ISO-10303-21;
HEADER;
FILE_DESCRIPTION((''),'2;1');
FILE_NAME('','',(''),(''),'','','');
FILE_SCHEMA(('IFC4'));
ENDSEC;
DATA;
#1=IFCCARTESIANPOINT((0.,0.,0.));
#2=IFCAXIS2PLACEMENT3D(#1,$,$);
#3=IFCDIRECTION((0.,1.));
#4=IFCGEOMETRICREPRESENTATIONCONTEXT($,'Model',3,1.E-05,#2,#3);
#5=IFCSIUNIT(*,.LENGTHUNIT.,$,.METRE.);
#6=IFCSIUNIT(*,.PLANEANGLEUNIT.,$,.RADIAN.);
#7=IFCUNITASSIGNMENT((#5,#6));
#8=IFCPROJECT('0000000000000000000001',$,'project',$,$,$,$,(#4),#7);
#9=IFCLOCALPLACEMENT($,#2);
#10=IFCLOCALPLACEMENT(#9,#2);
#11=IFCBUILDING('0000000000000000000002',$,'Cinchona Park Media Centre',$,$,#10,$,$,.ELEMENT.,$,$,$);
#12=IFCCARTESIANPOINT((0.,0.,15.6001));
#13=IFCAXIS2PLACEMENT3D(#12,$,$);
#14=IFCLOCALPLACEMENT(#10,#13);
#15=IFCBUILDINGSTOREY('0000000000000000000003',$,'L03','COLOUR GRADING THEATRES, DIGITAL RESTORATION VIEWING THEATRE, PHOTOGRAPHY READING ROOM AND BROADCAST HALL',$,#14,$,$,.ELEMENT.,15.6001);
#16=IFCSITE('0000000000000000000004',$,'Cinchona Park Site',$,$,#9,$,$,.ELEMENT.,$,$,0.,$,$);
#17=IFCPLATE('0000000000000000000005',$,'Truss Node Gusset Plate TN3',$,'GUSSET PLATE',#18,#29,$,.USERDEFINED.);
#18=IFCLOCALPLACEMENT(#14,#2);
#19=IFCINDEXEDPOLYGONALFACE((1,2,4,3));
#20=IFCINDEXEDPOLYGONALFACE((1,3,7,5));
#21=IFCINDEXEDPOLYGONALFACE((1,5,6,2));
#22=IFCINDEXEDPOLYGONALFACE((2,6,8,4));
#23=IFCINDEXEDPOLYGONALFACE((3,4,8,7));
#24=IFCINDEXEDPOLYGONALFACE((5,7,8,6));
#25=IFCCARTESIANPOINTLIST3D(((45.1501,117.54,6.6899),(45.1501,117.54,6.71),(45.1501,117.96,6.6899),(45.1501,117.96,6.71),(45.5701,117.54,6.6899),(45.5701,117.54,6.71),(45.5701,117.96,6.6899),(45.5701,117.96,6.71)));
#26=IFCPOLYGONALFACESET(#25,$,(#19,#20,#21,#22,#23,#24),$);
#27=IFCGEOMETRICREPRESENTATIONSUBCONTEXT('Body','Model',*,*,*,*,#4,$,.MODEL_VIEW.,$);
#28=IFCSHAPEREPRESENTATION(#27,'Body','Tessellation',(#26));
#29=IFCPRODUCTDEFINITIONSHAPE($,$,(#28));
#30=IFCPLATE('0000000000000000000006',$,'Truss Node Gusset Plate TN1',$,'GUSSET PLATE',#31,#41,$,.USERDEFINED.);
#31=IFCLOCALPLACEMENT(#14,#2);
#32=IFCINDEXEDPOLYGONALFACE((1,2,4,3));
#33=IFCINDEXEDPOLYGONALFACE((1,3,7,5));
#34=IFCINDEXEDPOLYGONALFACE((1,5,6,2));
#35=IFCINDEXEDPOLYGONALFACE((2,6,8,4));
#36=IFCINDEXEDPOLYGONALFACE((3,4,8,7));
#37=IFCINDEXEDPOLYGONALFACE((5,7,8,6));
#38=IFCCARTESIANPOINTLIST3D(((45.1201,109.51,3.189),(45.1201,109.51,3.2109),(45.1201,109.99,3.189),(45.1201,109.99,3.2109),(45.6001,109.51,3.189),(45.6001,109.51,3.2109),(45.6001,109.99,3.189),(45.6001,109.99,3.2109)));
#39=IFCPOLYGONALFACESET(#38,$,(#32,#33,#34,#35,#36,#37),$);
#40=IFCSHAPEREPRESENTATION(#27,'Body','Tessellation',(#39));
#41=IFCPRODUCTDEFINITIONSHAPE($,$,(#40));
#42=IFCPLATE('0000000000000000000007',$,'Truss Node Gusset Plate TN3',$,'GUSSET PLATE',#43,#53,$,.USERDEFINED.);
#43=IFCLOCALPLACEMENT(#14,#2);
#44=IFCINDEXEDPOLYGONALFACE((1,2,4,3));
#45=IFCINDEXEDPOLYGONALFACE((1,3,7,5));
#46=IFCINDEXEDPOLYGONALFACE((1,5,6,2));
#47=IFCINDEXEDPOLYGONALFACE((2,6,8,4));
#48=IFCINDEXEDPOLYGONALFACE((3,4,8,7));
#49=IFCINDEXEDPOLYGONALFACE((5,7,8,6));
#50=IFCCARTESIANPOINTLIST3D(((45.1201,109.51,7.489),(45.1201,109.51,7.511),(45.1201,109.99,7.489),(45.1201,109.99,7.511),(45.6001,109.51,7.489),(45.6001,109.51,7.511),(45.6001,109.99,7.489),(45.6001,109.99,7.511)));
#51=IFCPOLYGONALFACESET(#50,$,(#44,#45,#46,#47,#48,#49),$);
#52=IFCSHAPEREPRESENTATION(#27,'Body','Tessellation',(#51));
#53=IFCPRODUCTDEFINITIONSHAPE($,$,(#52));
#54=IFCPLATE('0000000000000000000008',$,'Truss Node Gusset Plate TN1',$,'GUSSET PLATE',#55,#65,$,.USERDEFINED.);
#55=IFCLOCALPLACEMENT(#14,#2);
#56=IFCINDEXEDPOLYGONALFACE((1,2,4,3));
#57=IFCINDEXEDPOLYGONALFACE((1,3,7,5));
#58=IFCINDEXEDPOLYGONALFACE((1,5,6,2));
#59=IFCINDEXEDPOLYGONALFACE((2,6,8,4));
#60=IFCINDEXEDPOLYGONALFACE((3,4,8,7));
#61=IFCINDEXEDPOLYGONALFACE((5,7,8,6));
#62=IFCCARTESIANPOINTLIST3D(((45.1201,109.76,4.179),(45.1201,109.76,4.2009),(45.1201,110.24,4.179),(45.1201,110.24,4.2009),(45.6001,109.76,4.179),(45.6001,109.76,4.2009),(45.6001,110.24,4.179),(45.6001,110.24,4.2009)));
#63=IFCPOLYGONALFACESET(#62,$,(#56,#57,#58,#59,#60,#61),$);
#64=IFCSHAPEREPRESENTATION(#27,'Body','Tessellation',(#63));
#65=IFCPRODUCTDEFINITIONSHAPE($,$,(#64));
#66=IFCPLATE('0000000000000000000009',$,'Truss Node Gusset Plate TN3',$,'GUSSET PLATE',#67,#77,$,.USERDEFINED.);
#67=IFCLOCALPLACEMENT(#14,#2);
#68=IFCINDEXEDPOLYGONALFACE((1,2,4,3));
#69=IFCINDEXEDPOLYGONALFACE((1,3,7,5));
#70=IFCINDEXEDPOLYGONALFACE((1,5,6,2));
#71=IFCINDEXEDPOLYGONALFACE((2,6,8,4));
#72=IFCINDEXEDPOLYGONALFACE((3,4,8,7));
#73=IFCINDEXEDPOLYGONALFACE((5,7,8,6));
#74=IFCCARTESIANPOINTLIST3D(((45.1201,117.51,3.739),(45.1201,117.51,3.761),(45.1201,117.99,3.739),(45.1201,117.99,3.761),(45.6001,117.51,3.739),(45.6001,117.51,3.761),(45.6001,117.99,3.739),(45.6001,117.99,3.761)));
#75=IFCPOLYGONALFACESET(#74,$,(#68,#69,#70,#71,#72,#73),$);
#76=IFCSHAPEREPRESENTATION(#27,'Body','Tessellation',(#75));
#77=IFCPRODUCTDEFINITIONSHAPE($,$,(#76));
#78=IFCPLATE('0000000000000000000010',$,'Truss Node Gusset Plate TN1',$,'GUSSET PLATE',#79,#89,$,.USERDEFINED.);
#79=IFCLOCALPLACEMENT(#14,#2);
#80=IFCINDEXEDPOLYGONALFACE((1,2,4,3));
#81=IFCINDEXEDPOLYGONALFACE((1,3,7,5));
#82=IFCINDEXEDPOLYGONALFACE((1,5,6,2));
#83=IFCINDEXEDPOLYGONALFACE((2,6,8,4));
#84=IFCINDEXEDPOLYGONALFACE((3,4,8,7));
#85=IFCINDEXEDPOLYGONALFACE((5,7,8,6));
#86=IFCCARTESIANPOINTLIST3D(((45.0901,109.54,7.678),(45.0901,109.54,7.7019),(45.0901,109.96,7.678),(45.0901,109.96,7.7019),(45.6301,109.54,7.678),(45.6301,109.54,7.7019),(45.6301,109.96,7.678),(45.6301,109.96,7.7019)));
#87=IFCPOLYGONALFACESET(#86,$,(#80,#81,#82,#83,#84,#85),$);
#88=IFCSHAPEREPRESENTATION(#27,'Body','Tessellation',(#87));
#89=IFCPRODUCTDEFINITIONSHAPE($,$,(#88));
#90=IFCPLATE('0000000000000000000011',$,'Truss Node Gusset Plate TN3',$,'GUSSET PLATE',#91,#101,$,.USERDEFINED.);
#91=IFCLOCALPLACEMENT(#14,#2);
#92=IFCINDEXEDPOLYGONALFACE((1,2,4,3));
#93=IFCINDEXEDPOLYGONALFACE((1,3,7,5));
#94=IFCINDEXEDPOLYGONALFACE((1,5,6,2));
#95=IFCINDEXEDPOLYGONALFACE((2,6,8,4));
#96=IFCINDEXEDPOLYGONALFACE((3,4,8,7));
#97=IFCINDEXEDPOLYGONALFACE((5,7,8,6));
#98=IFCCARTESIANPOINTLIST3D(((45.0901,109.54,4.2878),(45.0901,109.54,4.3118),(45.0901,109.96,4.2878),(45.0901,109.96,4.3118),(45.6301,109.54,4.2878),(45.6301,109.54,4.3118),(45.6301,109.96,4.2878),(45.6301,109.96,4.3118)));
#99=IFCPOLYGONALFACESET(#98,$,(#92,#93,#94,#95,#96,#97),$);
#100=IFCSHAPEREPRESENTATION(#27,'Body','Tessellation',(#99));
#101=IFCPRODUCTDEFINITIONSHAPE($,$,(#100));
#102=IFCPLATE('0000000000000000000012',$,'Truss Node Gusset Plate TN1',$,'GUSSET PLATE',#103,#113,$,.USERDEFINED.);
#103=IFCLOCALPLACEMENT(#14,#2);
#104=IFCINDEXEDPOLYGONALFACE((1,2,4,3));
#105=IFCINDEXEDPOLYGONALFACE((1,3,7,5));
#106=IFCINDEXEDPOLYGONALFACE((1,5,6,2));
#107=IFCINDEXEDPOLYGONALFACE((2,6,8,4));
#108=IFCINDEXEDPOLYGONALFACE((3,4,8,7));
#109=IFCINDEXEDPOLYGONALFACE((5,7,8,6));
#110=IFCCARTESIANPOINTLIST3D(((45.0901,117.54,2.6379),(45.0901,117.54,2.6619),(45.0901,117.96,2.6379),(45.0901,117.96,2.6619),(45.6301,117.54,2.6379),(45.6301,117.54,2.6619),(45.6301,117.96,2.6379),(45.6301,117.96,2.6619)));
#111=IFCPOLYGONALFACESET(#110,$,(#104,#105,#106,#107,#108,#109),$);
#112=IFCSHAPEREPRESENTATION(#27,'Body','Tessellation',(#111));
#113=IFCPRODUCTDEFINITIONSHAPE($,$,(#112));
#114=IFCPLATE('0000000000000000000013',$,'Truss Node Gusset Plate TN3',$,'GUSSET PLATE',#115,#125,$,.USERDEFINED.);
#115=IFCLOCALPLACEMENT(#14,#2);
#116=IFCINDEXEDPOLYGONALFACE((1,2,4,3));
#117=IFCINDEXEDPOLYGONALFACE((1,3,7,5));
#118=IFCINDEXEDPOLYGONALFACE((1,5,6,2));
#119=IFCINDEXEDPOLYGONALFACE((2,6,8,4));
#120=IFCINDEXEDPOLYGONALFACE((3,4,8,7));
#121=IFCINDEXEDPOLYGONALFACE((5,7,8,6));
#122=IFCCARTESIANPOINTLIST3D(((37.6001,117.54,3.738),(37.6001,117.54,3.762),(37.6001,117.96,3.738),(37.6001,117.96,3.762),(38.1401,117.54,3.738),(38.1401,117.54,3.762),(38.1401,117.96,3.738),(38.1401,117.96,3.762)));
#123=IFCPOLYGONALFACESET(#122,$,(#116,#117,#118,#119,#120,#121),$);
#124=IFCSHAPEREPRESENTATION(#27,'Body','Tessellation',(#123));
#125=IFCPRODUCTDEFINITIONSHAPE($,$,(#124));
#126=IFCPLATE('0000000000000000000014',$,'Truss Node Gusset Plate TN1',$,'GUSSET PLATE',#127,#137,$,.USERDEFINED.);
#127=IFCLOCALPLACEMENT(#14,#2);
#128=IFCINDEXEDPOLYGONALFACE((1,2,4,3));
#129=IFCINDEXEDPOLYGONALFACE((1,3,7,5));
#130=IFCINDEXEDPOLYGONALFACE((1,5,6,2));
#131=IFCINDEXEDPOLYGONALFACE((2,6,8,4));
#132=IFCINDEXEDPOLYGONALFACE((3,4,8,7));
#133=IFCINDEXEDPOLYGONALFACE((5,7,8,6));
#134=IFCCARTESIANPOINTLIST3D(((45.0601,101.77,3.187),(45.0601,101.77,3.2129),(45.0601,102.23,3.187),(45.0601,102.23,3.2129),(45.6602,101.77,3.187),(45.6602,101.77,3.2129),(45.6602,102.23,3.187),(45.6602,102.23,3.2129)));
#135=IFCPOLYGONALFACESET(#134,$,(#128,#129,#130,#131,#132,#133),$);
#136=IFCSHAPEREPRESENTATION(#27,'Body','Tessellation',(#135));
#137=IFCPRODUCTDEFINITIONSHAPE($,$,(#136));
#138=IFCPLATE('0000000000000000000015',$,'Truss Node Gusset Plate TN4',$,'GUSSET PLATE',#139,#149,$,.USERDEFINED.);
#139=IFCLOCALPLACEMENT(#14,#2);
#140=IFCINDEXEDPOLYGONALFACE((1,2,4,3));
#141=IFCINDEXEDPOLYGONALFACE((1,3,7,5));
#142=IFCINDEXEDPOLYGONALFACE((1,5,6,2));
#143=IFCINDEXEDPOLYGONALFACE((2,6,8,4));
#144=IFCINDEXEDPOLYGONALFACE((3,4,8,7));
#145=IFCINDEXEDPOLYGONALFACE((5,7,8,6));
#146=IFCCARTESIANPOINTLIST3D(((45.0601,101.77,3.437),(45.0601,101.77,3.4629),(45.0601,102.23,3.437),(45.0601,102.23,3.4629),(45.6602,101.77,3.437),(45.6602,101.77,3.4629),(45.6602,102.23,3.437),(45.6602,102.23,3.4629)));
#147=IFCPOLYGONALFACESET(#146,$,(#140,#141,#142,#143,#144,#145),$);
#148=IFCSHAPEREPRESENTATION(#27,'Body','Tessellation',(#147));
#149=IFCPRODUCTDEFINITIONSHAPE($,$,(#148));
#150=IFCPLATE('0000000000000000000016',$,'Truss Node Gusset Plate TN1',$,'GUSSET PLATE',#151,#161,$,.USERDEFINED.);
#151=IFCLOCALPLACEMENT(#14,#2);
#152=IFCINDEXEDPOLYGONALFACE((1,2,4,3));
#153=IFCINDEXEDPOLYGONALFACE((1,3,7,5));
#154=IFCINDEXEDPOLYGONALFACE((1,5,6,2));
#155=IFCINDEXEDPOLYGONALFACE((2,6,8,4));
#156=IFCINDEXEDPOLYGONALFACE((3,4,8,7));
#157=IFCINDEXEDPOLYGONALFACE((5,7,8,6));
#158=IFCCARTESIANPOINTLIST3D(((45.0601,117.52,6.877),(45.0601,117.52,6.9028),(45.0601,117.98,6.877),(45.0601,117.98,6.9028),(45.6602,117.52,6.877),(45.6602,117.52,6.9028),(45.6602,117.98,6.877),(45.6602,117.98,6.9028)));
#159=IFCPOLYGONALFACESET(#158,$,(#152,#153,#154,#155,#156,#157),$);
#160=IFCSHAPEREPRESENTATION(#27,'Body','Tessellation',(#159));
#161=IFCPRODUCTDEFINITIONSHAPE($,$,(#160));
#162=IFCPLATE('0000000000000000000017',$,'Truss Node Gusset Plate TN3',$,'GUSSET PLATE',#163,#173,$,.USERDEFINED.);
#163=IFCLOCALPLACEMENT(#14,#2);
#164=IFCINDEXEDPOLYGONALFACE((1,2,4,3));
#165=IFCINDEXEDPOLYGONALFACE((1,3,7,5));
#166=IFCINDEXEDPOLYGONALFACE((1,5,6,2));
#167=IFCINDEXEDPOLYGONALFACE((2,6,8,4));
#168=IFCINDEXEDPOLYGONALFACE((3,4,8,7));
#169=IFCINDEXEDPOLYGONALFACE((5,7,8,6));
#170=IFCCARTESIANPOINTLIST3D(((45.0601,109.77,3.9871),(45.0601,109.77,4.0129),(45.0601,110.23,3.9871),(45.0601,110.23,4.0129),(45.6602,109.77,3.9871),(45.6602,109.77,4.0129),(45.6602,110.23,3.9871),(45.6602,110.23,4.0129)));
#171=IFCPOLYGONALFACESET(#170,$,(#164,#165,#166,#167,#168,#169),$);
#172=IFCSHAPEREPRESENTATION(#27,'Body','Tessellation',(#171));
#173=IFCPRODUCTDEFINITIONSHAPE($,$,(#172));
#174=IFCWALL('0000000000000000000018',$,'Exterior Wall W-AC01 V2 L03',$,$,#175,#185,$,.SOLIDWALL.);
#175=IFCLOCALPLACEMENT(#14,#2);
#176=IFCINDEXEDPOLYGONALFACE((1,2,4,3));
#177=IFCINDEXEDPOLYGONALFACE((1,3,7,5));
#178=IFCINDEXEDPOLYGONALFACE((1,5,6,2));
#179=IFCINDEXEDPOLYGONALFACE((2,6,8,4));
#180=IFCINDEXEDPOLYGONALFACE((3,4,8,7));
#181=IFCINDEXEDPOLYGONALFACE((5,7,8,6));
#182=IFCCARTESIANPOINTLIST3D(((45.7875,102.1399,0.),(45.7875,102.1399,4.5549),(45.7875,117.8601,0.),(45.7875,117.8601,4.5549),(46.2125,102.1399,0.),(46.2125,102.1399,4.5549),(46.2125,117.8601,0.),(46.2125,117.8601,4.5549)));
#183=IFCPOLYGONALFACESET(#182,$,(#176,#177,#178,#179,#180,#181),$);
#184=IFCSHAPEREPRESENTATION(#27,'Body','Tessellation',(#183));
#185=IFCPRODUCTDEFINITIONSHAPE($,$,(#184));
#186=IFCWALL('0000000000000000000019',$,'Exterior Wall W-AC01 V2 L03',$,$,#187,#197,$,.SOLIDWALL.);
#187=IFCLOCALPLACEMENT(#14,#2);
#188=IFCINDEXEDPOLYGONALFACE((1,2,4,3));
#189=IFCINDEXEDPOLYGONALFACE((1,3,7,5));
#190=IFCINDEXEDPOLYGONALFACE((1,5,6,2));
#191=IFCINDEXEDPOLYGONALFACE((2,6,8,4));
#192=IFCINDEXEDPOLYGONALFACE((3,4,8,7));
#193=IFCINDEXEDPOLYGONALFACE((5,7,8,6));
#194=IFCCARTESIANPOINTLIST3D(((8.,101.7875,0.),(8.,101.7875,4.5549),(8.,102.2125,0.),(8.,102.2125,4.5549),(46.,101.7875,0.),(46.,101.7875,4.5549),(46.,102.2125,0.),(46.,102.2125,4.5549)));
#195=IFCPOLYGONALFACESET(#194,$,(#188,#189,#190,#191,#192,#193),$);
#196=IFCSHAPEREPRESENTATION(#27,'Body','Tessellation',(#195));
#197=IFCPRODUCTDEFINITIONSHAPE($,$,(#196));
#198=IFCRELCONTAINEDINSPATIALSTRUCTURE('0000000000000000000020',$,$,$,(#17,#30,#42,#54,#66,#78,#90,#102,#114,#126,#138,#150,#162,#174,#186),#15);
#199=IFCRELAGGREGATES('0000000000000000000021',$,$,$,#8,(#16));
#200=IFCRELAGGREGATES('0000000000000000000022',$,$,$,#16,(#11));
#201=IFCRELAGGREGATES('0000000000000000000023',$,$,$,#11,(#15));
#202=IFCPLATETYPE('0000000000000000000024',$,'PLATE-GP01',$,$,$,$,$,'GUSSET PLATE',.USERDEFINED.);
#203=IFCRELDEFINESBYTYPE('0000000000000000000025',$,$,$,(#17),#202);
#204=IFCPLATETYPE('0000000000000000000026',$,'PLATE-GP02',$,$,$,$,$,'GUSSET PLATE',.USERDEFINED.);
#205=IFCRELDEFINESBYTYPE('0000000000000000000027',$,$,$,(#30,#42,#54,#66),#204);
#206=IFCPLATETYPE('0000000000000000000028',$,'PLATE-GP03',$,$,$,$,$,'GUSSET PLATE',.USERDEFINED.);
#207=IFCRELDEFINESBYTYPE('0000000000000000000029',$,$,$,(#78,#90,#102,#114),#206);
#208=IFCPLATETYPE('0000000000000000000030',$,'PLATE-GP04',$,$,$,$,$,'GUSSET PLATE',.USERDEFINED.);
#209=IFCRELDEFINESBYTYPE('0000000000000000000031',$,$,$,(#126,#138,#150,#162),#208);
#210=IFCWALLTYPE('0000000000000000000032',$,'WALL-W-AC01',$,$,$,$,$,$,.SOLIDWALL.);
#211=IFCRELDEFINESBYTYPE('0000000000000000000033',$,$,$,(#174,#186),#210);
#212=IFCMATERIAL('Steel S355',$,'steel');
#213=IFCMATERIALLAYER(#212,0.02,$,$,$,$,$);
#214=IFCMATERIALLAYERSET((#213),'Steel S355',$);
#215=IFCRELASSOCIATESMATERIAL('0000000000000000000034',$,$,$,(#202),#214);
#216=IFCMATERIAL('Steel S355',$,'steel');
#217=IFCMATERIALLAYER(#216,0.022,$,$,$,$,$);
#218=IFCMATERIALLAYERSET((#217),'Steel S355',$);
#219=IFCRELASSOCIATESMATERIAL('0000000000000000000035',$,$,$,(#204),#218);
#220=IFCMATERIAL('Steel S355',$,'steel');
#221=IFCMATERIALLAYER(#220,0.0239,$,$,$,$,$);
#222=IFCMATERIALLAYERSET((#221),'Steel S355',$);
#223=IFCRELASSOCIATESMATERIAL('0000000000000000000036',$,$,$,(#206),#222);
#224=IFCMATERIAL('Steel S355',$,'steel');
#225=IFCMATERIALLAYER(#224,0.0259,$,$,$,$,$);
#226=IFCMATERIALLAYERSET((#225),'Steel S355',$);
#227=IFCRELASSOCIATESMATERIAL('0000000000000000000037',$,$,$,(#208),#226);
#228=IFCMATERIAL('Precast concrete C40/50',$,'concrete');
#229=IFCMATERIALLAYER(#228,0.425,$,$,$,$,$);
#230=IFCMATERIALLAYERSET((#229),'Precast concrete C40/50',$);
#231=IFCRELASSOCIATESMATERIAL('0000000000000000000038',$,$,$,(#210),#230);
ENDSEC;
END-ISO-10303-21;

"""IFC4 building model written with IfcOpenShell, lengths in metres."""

from ifc_helpers import new_model, si_unit, direction, frame, frame_2d, origin, origin_2d, place, context, subcontext, project, spatial, rectangle, extrude, material, layer, layer_set, type_object, element, save


model = new_model("IFC4")

# Units and contexts
model_context = context("Model", 3, precision=1e-05, world=origin(), true_north=direction((0.0, 1.0)))
body_context = subcontext(model_context, "Body", "Model", "MODEL_VIEW")
ifc_project = project(units=[si_unit("LENGTHUNIT", "METRE"), si_unit("PLANEANGLEUNIT", "RADIAN")], contexts=[model_context])

# Site, building, storey
site_placement = place(None, origin())
site = spatial("IfcSite", under=ifc_project, at=site_placement, Name="Cinchona Park Site", CompositionType="ELEMENT", RefElevation=0.0)
building_placement = place(site_placement, origin())
building = spatial("IfcBuilding", under=site, at=building_placement, Name="Cinchona Park Media Centre", CompositionType="ELEMENT")
storey_placement = place(building_placement, frame((0.0, 0.0, 15.6001)))
storey = spatial("IfcBuildingStorey", under=building, at=storey_placement, Name="L03", Description="COLOUR GRADING THEATRES, DIGITAL RESTORATION VIEWING THEATRE, PHOTOGRAPHY READING ROOM AND BROADCAST HALL", CompositionType="ELEMENT", Elevation=15.6001)

# Plates
ifc_material_1 = material(Name="Steel S355", Category="steel")
ifc_layer_1 = layer(ifc_material_1, 0.02)
ifc_layer_set_1 = layer_set([ifc_layer_1], Name="Steel S355")
plate_type_1 = type_object("IfcPlateType", Name="PLATE-GP01", ElementType="GUSSET PLATE", PredefinedType="USERDEFINED", material=ifc_layer_set_1)
for number, where, z_axis, x_axis, name in (
    (1, (45.3601, 117.75, 6.6899), (0.0, 0.0, 1.0), (1.0, 0.0, 0.0), "Truss Node Gusset Plate TN3"),
):
    element("IfcPlate", number, at=place(storey_placement, frame(where, z_axis=z_axis, x_axis=x_axis)), inside=storey, type_object=plate_type_1, Name=name, ObjectType="GUSSET PLATE", PredefinedType="USERDEFINED", context=body_context, shape_type="SweptSolid", body=[
        extrude(rectangle(XDim=0.4199, YDim=0.4199, at=origin_2d()), origin(), (0.0, 0.0, 1.0), 0.02),
    ])
ifc_material_2 = material(Name="Steel S355", Category="steel")
ifc_layer_2 = layer(ifc_material_2, 0.022)
ifc_layer_set_2 = layer_set([ifc_layer_2], Name="Steel S355")
plate_type_2 = type_object("IfcPlateType", Name="PLATE-GP02", ElementType="GUSSET PLATE", PredefinedType="USERDEFINED", material=ifc_layer_set_2)
for number, where, z_axis, x_axis, name in (
    (2, (45.3601, 109.75, 3.189), (0.0, 0.0, 1.0), (1.0, 0.0, 0.0), "Truss Node Gusset Plate TN1"),
    (3, (45.3601, 109.75, 7.489), (0.0, 0.0, 1.0), (1.0, 0.0, 0.0), "Truss Node Gusset Plate TN3"),
    (4, (45.3601, 110.0, 4.179), (0.0, 0.0, 1.0), (1.0, 0.0, 0.0), "Truss Node Gusset Plate TN1"),
    (5, (45.3601, 117.75, 3.739), (0.0, 0.0, 1.0), (1.0, 0.0, 0.0), "Truss Node Gusset Plate TN3"),
):
    element("IfcPlate", number, at=place(storey_placement, frame(where, z_axis=z_axis, x_axis=x_axis)), inside=storey, type_object=plate_type_2, Name=name, ObjectType="GUSSET PLATE", PredefinedType="USERDEFINED", context=body_context, shape_type="SweptSolid", body=[
        extrude(rectangle(XDim=0.48, YDim=0.48, at=origin_2d()), origin(), (0.0, 0.0, 1.0), 0.022),
    ])
ifc_material_3 = material(Name="Steel S355", Category="steel")
ifc_layer_3 = layer(ifc_material_3, 0.0239)
ifc_layer_set_3 = layer_set([ifc_layer_3], Name="Steel S355")
plate_type_3 = type_object("IfcPlateType", Name="PLATE-GP03", ElementType="GUSSET PLATE", PredefinedType="USERDEFINED", material=ifc_layer_set_3)
for number, where, z_axis, x_axis, name in (
    (6, (45.3601, 109.75, 7.678), (0.0, 0.0, 1.0), (1.0, 0.0, 0.0), "Truss Node Gusset Plate TN1"),
    (7, (45.3601, 109.75, 4.2878), (0.0, 0.0, 1.0), (1.0, 0.0, 0.0), "Truss Node Gusset Plate TN3"),
    (8, (45.3601, 117.75, 2.6379), (0.0, 0.0, 1.0), (1.0, 0.0, 0.0), "Truss Node Gusset Plate TN1"),
    (9, (37.8701, 117.75, 3.738), (0.0, 0.0, 1.0), (1.0, 0.0, 0.0), "Truss Node Gusset Plate TN3"),
):
    element("IfcPlate", number, at=place(storey_placement, frame(where, z_axis=z_axis, x_axis=x_axis)), inside=storey, type_object=plate_type_3, Name=name, ObjectType="GUSSET PLATE", PredefinedType="USERDEFINED", context=body_context, shape_type="SweptSolid", body=[
        extrude(rectangle(XDim=0.54, YDim=0.4199, at=origin_2d()), origin(), (0.0, 0.0, 1.0), 0.0239),
    ])
ifc_material_4 = material(Name="Steel S355", Category="steel")
ifc_layer_4 = layer(ifc_material_4, 0.0259)
ifc_layer_set_4 = layer_set([ifc_layer_4], Name="Steel S355")
plate_type_4 = type_object("IfcPlateType", Name="PLATE-GP04", ElementType="GUSSET PLATE", PredefinedType="USERDEFINED", material=ifc_layer_set_4)
for number, where, z_axis, x_axis, name in (
    (10, (45.3601, 102.0, 3.187), (0.0, 0.0, 1.0), (1.0, 0.0, 0.0), "Truss Node Gusset Plate TN1"),
    (11, (45.3601, 102.0, 3.437), (0.0, 0.0, 1.0), (1.0, 0.0, 0.0), "Truss Node Gusset Plate TN4"),
    (12, (45.3601, 117.75, 6.877), (0.0, 0.0, 1.0), (1.0, 0.0, 0.0), "Truss Node Gusset Plate TN1"),
    (13, (45.3601, 110.0, 3.9871), (0.0, 0.0, 1.0), (1.0, 0.0, 0.0), "Truss Node Gusset Plate TN3"),
):
    element("IfcPlate", number, at=place(storey_placement, frame(where, z_axis=z_axis, x_axis=x_axis)), inside=storey, type_object=plate_type_4, Name=name, ObjectType="GUSSET PLATE", PredefinedType="USERDEFINED", context=body_context, shape_type="SweptSolid", body=[
        extrude(rectangle(XDim=0.6001, YDim=0.46, at=origin_2d()), origin(), (0.0, 0.0, 1.0), 0.0259),
    ])

# Walls
ifc_material_5 = material(Name="Precast concrete C40/50", Category="concrete")
ifc_layer_5 = layer(ifc_material_5, 0.425)
ifc_layer_set_5 = layer_set([ifc_layer_5], Name="Precast concrete C40/50")
wall_type = type_object("IfcWallType", Name="WALL-W-AC01", PredefinedType="SOLIDWALL", material=ifc_layer_set_5)
wall_1_placement = place(storey_placement, frame((46.0, 117.8601, 0.0), z_axis=(0.0, 0.0, 1.0), x_axis=(0.0, -1.0, 0.0)))
element("IfcWall", 14, at=wall_1_placement, inside=storey, type_object=wall_type, Name="Exterior Wall W-AC01 V2 L03", PredefinedType="SOLIDWALL", context=body_context, shape_type="SweptSolid", body=[
    extrude(rectangle(XDim=15.7202, YDim=0.425, at=frame_2d((7.8601, 0.0))), origin(), (0.0, 0.0, 1.0), 4.5549),
])
wall_2_placement = place(storey_placement, frame((46.0, 102.0, 0.0), z_axis=(0.0, 0.0, 1.0), x_axis=(-1.0, 0.0, 0.0)))
element("IfcWall", 15, at=wall_2_placement, inside=storey, type_object=wall_type, Name="Exterior Wall W-AC01 V2 L03", PredefinedType="SOLIDWALL", context=body_context, shape_type="SweptSolid", body=[
    extrude(rectangle(XDim=38.0, YDim=0.425, at=frame_2d((19.0, 0.0))), origin(), (0.0, 0.0, 1.0), 4.5549),
])

save(model, "model.ifc")
